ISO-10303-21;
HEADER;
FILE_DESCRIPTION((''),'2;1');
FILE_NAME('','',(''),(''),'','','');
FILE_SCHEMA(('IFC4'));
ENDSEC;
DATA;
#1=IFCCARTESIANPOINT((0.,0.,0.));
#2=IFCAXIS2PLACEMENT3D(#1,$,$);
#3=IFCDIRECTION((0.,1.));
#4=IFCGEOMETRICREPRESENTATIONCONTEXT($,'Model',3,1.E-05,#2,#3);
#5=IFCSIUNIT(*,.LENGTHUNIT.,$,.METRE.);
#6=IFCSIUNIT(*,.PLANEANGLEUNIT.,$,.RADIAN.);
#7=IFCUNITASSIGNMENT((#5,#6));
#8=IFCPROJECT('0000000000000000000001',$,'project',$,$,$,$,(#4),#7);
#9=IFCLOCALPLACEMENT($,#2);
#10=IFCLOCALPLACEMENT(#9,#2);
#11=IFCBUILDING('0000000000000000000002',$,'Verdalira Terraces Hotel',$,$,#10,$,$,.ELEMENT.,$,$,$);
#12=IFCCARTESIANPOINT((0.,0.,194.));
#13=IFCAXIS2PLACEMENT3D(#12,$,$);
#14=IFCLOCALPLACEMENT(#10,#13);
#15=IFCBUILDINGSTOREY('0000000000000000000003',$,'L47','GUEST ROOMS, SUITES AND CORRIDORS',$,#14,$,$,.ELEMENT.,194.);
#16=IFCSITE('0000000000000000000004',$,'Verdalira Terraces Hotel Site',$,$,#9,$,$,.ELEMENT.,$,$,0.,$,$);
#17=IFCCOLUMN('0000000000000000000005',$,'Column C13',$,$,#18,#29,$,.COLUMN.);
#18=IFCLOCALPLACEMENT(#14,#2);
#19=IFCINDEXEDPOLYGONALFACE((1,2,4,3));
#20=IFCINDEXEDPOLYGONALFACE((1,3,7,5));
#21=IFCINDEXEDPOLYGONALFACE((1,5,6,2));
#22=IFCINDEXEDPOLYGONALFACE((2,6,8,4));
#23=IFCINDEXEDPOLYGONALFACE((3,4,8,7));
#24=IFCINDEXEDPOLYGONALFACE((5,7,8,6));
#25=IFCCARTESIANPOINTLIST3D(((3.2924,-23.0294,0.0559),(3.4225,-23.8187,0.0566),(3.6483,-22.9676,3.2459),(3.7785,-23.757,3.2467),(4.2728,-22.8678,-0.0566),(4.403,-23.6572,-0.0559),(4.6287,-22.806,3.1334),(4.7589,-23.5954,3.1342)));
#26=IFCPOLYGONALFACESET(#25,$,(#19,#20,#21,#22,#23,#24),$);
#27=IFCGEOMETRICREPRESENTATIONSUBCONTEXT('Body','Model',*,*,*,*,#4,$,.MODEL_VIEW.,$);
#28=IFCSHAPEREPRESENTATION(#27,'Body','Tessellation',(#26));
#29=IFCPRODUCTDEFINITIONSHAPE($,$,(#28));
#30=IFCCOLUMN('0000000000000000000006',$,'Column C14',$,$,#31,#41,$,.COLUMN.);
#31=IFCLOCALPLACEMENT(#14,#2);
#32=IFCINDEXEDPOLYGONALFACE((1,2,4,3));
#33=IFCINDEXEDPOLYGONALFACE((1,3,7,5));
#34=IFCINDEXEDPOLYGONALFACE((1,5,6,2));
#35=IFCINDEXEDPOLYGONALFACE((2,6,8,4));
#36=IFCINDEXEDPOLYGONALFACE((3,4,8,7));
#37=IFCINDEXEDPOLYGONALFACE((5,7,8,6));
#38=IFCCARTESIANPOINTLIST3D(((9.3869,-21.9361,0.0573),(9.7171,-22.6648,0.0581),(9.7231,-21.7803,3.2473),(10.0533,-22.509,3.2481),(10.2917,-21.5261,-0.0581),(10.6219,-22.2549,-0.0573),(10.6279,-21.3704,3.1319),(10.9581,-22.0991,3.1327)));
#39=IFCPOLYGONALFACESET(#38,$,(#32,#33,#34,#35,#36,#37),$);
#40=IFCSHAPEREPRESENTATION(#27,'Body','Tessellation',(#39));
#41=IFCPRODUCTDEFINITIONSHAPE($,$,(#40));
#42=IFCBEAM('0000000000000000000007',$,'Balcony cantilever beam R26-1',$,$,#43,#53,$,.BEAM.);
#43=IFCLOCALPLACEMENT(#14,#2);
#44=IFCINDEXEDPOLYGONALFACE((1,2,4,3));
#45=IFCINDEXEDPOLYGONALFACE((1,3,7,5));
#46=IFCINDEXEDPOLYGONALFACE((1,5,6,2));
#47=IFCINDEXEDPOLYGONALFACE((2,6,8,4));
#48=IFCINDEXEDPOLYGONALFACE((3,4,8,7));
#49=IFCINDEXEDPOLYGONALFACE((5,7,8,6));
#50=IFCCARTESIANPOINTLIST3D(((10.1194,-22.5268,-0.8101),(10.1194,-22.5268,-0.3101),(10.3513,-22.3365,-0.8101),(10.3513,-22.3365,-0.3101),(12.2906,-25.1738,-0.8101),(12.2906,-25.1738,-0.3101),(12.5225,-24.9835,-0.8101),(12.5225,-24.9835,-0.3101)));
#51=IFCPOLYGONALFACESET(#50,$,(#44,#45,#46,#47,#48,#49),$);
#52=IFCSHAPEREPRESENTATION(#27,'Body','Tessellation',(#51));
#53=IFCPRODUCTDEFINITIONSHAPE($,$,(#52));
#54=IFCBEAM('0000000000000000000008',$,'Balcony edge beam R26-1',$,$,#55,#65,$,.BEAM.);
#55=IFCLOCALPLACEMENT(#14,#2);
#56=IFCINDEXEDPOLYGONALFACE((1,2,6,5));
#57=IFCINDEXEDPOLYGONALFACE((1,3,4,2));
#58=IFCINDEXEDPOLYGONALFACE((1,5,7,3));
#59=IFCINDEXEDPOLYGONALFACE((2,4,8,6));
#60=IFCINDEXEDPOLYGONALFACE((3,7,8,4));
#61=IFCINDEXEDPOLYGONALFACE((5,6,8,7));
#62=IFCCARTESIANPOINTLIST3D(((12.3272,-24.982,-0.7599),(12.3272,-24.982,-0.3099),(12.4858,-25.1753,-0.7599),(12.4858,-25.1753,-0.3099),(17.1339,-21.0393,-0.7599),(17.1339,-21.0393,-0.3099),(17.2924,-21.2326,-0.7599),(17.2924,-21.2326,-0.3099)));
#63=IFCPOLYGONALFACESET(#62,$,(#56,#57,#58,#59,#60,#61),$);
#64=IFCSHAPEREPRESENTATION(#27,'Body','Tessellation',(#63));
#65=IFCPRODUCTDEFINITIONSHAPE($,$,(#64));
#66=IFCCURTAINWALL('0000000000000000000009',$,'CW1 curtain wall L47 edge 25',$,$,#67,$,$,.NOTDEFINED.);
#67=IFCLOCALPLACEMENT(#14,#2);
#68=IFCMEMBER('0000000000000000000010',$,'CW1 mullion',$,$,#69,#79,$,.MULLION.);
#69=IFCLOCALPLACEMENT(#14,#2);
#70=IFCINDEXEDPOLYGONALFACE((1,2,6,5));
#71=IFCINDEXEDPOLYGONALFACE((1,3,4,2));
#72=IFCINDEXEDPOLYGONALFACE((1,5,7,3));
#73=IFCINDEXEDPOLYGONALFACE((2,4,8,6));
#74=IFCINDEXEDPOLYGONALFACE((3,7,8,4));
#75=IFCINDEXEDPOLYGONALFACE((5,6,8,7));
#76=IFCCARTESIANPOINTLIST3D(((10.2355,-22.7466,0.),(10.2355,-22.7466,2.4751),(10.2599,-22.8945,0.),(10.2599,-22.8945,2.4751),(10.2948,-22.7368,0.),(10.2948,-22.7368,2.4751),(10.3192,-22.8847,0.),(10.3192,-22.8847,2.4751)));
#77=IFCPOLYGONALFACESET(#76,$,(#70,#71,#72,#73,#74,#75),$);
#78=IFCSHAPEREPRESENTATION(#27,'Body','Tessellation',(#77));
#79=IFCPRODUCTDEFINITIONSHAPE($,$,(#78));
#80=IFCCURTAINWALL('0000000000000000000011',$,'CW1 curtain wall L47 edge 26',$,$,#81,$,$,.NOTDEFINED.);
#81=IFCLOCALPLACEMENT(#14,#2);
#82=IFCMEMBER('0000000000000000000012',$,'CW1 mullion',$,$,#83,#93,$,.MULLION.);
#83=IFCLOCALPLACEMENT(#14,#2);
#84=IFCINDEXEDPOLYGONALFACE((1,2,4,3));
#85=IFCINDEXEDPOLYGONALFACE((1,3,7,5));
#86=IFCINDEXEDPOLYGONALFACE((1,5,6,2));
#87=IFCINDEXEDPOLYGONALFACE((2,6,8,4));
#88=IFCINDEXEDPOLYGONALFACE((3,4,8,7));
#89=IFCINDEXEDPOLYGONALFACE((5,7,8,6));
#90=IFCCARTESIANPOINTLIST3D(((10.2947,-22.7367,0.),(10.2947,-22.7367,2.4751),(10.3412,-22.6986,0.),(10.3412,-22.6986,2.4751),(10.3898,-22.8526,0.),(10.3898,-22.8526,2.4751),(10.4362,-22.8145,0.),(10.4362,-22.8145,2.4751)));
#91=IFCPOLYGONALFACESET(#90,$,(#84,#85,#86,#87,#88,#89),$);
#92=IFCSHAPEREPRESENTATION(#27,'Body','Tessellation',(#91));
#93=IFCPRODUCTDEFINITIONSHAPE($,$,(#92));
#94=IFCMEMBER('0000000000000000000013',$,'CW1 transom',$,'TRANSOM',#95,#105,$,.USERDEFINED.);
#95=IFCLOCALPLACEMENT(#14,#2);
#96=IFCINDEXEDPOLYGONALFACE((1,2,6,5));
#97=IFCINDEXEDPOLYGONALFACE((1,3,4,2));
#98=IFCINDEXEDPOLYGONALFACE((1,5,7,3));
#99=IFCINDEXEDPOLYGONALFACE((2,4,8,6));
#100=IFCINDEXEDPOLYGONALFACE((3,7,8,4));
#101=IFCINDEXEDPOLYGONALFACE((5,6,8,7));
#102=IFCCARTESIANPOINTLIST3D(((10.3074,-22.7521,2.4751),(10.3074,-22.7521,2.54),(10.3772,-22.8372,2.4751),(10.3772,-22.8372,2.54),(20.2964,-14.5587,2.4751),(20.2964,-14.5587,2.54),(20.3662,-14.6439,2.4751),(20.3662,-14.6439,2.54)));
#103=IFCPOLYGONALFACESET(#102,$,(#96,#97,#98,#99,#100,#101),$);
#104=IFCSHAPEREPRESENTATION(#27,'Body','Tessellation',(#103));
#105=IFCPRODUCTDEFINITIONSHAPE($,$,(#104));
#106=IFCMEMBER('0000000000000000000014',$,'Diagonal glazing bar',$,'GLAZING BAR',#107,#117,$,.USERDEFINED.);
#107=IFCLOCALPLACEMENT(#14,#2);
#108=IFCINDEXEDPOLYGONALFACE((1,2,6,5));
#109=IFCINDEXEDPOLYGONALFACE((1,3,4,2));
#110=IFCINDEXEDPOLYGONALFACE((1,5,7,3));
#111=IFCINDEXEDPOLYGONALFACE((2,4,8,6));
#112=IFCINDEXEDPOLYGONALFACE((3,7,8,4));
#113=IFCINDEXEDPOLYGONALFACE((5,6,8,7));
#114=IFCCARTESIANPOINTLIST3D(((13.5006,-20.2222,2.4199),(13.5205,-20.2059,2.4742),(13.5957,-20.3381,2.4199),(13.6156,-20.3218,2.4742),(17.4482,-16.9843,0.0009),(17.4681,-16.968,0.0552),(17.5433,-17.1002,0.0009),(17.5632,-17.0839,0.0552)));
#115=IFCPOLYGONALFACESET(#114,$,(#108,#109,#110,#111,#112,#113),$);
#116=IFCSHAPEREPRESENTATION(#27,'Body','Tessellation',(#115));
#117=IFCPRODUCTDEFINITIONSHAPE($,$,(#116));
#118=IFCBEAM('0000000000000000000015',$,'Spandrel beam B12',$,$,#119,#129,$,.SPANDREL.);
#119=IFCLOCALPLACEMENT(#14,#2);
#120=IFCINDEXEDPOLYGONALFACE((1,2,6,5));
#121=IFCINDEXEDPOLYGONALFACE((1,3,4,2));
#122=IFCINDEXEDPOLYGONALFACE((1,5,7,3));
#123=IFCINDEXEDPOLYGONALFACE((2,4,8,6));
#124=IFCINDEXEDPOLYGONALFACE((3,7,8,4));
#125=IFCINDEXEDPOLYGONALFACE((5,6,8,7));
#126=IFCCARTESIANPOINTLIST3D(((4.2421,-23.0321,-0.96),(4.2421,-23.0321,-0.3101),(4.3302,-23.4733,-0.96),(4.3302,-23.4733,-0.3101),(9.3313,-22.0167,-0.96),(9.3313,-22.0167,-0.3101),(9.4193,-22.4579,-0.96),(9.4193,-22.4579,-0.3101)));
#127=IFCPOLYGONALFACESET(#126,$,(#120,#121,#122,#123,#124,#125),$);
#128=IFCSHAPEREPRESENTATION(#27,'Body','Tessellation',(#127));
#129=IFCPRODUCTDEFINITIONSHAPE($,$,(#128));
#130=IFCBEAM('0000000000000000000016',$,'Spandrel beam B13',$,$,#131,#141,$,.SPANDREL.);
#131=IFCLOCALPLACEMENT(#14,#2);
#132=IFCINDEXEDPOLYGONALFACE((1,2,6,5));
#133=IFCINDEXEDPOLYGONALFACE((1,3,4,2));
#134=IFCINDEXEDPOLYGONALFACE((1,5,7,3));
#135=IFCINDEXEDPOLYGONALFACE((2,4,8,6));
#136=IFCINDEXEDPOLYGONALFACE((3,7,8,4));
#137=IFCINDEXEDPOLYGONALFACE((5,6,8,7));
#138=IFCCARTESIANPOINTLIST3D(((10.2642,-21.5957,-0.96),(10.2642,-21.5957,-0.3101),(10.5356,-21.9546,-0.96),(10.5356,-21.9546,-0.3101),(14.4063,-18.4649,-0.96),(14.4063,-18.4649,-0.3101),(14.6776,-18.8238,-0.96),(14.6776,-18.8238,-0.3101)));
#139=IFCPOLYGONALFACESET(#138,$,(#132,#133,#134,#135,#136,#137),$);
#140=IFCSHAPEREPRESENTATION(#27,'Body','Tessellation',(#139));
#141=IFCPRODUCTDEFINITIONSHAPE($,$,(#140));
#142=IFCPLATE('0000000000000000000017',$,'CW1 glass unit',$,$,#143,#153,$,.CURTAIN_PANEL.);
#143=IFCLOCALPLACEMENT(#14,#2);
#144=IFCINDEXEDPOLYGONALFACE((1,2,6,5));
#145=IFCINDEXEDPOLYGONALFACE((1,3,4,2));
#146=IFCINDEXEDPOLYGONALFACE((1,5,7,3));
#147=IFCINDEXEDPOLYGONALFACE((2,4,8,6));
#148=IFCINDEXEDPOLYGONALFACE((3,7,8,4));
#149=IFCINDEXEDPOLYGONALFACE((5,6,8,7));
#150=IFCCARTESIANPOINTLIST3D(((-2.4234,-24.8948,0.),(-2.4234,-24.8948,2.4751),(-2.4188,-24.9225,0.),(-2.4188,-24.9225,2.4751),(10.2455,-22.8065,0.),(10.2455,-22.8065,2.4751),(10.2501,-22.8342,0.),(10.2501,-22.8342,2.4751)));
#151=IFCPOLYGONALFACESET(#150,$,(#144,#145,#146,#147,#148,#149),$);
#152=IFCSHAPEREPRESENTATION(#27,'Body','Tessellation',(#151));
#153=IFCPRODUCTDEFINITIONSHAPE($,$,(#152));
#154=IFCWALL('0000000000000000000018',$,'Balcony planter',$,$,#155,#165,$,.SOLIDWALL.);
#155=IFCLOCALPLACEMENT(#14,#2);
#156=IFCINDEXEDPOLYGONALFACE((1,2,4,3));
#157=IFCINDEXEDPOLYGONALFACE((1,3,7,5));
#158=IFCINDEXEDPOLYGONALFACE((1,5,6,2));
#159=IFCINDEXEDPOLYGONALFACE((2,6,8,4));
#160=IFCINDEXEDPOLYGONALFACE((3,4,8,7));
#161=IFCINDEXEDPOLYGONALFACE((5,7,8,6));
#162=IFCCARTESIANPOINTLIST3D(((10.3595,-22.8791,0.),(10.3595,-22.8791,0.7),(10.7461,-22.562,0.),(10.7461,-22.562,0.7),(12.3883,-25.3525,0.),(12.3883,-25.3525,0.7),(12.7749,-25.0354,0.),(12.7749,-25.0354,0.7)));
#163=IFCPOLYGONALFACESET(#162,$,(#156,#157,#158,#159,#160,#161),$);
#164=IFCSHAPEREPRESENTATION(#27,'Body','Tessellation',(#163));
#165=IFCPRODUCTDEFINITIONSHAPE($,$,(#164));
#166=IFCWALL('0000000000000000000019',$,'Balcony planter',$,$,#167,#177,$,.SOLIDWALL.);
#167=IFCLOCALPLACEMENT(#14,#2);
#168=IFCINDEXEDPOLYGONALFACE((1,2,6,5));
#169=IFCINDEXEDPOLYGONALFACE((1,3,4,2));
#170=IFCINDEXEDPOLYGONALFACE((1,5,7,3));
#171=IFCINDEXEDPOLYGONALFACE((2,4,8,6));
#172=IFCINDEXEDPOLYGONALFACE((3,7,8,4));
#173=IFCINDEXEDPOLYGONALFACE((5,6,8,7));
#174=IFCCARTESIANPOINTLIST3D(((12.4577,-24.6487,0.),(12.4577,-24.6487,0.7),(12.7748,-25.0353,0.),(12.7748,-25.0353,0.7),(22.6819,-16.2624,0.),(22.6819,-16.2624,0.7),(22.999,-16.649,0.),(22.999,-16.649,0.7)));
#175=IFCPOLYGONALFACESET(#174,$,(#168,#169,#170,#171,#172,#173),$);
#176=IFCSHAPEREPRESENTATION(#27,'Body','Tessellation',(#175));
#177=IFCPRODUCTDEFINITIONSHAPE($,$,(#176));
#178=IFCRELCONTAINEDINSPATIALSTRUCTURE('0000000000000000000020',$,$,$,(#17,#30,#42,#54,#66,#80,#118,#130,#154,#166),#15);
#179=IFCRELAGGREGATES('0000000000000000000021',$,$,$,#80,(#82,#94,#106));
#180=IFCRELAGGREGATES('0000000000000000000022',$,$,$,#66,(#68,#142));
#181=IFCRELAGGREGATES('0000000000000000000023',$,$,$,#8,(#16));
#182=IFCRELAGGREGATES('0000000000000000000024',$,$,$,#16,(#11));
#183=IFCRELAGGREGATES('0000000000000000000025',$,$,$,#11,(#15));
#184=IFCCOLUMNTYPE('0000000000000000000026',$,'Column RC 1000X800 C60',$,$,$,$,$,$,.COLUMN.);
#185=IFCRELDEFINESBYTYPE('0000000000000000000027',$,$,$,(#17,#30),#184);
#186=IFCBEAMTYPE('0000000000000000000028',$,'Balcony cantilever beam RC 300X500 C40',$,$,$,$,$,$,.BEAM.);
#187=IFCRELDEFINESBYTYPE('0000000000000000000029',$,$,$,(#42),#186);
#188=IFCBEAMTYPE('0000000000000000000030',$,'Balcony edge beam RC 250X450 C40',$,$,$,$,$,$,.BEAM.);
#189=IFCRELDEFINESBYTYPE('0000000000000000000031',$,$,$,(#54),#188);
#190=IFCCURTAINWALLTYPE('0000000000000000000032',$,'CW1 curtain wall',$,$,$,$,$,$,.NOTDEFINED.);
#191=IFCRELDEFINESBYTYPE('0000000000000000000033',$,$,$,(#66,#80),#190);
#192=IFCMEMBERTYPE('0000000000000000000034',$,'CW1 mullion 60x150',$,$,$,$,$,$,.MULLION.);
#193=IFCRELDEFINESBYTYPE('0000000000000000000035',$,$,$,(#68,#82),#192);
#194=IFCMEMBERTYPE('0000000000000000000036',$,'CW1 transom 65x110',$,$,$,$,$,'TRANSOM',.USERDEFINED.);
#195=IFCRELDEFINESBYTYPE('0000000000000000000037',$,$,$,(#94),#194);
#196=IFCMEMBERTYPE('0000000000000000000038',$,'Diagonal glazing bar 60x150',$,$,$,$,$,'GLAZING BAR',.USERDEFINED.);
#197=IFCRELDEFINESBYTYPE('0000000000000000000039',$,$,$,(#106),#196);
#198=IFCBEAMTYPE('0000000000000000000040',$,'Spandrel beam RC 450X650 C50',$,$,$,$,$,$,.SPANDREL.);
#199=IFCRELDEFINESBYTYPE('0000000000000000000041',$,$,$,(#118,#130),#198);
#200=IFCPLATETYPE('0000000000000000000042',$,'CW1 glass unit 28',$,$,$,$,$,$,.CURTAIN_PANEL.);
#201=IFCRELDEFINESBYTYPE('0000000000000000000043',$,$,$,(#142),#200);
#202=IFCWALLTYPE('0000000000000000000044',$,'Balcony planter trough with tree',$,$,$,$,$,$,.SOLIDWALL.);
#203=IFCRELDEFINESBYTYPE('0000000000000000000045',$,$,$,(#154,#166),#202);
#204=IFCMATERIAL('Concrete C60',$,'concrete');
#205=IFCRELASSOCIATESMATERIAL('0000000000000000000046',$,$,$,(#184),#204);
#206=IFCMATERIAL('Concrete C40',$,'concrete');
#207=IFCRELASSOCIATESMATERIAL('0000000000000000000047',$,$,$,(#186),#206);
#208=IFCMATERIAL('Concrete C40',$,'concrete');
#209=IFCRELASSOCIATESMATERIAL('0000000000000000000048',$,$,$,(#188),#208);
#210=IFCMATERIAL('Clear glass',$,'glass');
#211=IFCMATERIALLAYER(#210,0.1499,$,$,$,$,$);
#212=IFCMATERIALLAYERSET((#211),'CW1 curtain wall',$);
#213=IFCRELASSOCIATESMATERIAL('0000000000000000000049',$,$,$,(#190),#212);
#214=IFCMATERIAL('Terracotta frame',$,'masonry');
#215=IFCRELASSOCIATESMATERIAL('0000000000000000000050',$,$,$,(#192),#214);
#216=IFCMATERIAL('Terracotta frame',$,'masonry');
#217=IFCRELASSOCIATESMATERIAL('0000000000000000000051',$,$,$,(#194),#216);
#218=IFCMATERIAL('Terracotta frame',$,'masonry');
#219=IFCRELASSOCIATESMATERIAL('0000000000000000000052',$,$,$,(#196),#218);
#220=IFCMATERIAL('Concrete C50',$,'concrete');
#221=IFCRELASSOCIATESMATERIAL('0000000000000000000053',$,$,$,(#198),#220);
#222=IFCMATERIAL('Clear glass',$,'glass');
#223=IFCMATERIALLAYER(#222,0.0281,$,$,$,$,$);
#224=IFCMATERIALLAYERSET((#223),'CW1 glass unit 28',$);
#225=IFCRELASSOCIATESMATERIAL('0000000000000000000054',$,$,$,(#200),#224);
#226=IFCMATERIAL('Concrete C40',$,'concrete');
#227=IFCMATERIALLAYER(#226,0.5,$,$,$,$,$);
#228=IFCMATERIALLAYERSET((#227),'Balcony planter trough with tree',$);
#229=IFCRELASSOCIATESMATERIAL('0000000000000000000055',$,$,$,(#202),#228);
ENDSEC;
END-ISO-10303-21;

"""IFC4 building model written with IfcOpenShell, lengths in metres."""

from ifc_helpers import new_model, si_unit, direction, frame, frame_2d, origin, origin_2d, place, context, subcontext, project, spatial, rectangle, extrude, material, layer, layer_set, material_profile, profile_set, type_object, element, aggregate, save


model = new_model("IFC4")

# Units and contexts
model_context = context("Model", 3, precision=1e-05, world=origin(), true_north=direction((0.0, 1.0)))
body_context = subcontext(model_context, "Body", "Model", "MODEL_VIEW")
ifc_project = project(units=[si_unit("LENGTHUNIT", "METRE"), si_unit("PLANEANGLEUNIT", "RADIAN")], contexts=[model_context])

# Site, building, storey
site_placement = place(None, origin())
site = spatial("IfcSite", under=ifc_project, at=site_placement, Name="Verdalira Terraces Hotel Site", CompositionType="ELEMENT", RefElevation=0.0)
building_placement = place(site_placement, origin())
building = spatial("IfcBuilding", under=site, at=building_placement, Name="Verdalira Terraces Hotel", CompositionType="ELEMENT")
storey_placement = place(building_placement, frame((0.0, 0.0, 194.0)))
storey = spatial("IfcBuildingStorey", under=building, at=storey_placement, Name="L47", Description="GUEST ROOMS, SUITES AND CORRIDORS", CompositionType="ELEMENT", Elevation=194.0)

# Columns
ifc_material_1 = material(Name="Concrete C60", Category="concrete")
ifc_material_profile_1 = material_profile(ifc_material_1, rectangle(XDim=1.0, YDim=0.8, at=origin_2d()), Name="RC 1000X800")
ifc_profile_set_1 = profile_set([ifc_material_profile_1], Name="Concrete C60")
column_type = type_object("IfcColumnType", Name="Column RC 1000X800 C60", PredefinedType="COLUMN", material=ifc_profile_set_1)
column_1_placement = place(storey_placement, frame((3.8477, -23.3433, 0.0), z_axis=(0.110878, 0.01924, 0.993648), x_axis=(0.980424, 0.161571, -0.112531)))
element("IfcColumn", 1, at=column_1_placement, inside=storey, type_object=column_type, Name="Column C13", PredefinedType="COLUMN", context=body_context, shape_type="SweptSolid", body=[
    extrude(rectangle(XDim=1.0, YDim=0.8, at=origin_2d()), origin(), (0.0, 0.0, 1.0), 3.2104),
])
column_2_placement = place(storey_placement, frame((10.0044, -22.0955, 0.0), z_axis=(0.104684, 0.048503, 0.993322), x_axis=(-0.904795, -0.409921, 0.115371)))
element("IfcColumn", 2, at=column_2_placement, inside=storey, type_object=column_type, Name="Column C14", PredefinedType="COLUMN", context=body_context, shape_type="SweptSolid", body=[
    extrude(rectangle(XDim=1.0, YDim=0.8, at=origin_2d()), origin(), (0.0, 0.0, 1.0), 3.2114),
])

# Beams
ifc_material_2 = material(Name="Concrete C40", Category="concrete")
ifc_material_profile_2 = material_profile(ifc_material_2, rectangle(XDim=0.3, YDim=0.5, at=origin_2d()), Name="RC 300X500")
ifc_profile_set_2 = profile_set([ifc_material_profile_2], Name="Concrete C40")
beam_type_1 = type_object("IfcBeamType", Name="Balcony cantilever beam RC 300X500 C40", PredefinedType="BEAM", material=ifc_profile_set_2)
beam_1_placement = place(storey_placement, frame((10.2354, -22.4316, -0.5601), z_axis=(0.634189, -0.773178, 0.0), x_axis=(0.773178, 0.634189, 0.0)))
element("IfcBeam", 3, at=beam_1_placement, inside=storey, type_object=beam_type_1, Name="Balcony cantilever beam R26-1", PredefinedType="BEAM", context=body_context, shape_type="SweptSolid", body=[
    extrude(rectangle(XDim=0.3, YDim=0.5, at=origin_2d()), origin(), (0.0, 0.0, 1.0), 3.4236),
])
ifc_material_3 = material(Name="Concrete C40", Category="concrete")
ifc_material_profile_3 = material_profile(ifc_material_3, rectangle(XDim=0.25, YDim=0.45, at=origin_2d()), Name="RC 250X450")
ifc_profile_set_3 = profile_set([ifc_material_profile_3], Name="Concrete C40")
beam_type_2 = type_object("IfcBeamType", Name="Balcony edge beam RC 250X450 C40", PredefinedType="BEAM", material=ifc_profile_set_3)
beam_2_placement = place(storey_placement, frame((12.4065, -25.0786, -0.5349), z_axis=(0.773175, 0.634193, 0.0), x_axis=(-0.634193, 0.773175, 0.0)))
element("IfcBeam", 4, at=beam_2_placement, inside=storey, type_object=beam_type_2, Name="Balcony edge beam R26-1", PredefinedType="BEAM", context=body_context, shape_type="SweptSolid", body=[
    extrude(rectangle(XDim=0.25, YDim=0.45, at=origin_2d()), origin(), (0.0, 0.0, 1.0), 6.2168),
])

# Curtain wall, member
ifc_material_4 = material(Name="Clear glass", Category="glass")
ifc_layer_1 = layer(ifc_material_4, 0.1499)
ifc_layer_set_1 = layer_set([ifc_layer_1], Name="CW1 curtain wall")
curtain_wall_type = type_object("IfcCurtainWallType", Name="CW1 curtain wall", PredefinedType="NOTDEFINED", material=ifc_layer_set_1)
curtain_wall_1_placement = place(storey_placement, origin())
curtain_wall_1 = element("IfcCurtainWall", 5, at=curtain_wall_1_placement, inside=storey, type_object=curtain_wall_type, Name="CW1 curtain wall L47 edge 25", PredefinedType="NOTDEFINED")
ifc_material_5 = material(Name="Terracotta frame", Category="masonry")
ifc_material_profile_4 = material_profile(ifc_material_5, rectangle(XDim=0.0601, YDim=0.1499, at=origin_2d()), Name="MU 60x150")
ifc_profile_set_4 = profile_set([ifc_material_profile_4], Name="Terracotta frame")
member_type_1 = type_object("IfcMemberType", Name="CW1 mullion 60x150", PredefinedType="MULLION", material=ifc_profile_set_4)
member_1_placement = place(storey_placement, frame((10.2773, -22.8157, 0.0), z_axis=(0.0, 0.0, 1.0), x_axis=(0.986686, 0.162637, 0.0)))
member_1 = element("IfcMember", 6, at=member_1_placement, type_object=member_type_1, Name="CW1 mullion", PredefinedType="MULLION", context=body_context, shape_type="SweptSolid", body=[
    extrude(rectangle(XDim=0.0601, YDim=0.1499, at=origin_2d()), origin(), (0.0, 0.0, 1.0), 2.4751),
])

# Curtain wall, members
curtain_wall_2_placement = place(storey_placement, origin())
curtain_wall_2 = element("IfcCurtainWall", 7, at=curtain_wall_2_placement, inside=storey, type_object=curtain_wall_type, Name="CW1 curtain wall L47 edge 26", PredefinedType="NOTDEFINED")
member_2_placement = place(storey_placement, frame((10.3655, -22.7756, 0.0), z_axis=(0.0, 0.0, 1.0), x_axis=(0.773177, 0.634191, 0.0)))
member_2 = element("IfcMember", 8, at=member_2_placement, type_object=member_type_1, Name="CW1 mullion", PredefinedType="MULLION", context=body_context, shape_type="SweptSolid", body=[
    extrude(rectangle(XDim=0.0601, YDim=0.1499, at=origin_2d()), origin(), (0.0, 0.0, 1.0), 2.4751),
])
ifc_material_6 = material(Name="Terracotta frame", Category="masonry")
ifc_material_profile_5 = material_profile(ifc_material_6, rectangle(XDim=0.1101, YDim=0.0649, at=origin_2d()), Name="TR 65x110")
ifc_profile_set_5 = profile_set([ifc_material_profile_5], Name="Terracotta frame")
member_type_2 = type_object("IfcMemberType", Name="CW1 transom 65x110", ElementType="TRANSOM", PredefinedType="USERDEFINED", material=ifc_profile_set_5)
member_3_placement = place(storey_placement, frame((10.3423, -22.7947, 2.5076), z_axis=(0.773178, 0.634189, 0.0), x_axis=(-0.634189, 0.773178, 0.0)))
member_3 = element("IfcMember", 9, at=member_3_placement, type_object=member_type_2, Name="CW1 transom", ObjectType="TRANSOM", PredefinedType="USERDEFINED", context=body_context, shape_type="SweptSolid", body=[
    extrude(rectangle(XDim=0.1101, YDim=0.0649, at=origin_2d()), origin(), (0.0, 0.0, 1.0), 12.9194),
])
ifc_material_7 = material(Name="Terracotta frame", Category="masonry")
ifc_material_profile_6 = material_profile(ifc_material_7, rectangle(XDim=0.1499, YDim=0.0601, at=origin_2d()), Name="GB 60x150")
ifc_profile_set_6 = profile_set([ifc_material_profile_6], Name="Terracotta frame")
member_type_3 = type_object("IfcMemberType", Name="Diagonal glazing bar 60x150", ElementType="GLAZING BAR", PredefinedType="USERDEFINED", material=ifc_profile_set_6)
member_4_placement = place(storey_placement, frame((13.5581, -20.272, 2.447), z_axis=(0.69873, 0.573106, -0.428166), x_axis=(-0.634177, 0.773188, 0.0)))
member_4 = element("IfcMember", 10, at=member_4_placement, type_object=member_type_3, Name="Diagonal glazing bar", ObjectType="GLAZING BAR", PredefinedType="USERDEFINED", context=body_context, shape_type="SweptSolid", body=[
    extrude(rectangle(XDim=0.1499, YDim=0.0601, at=origin_2d()), origin(), (0.0, 0.0, 1.0), 5.6497),
])
aggregate(curtain_wall_2, [member_2, member_3, member_4])

# Beams
ifc_material_8 = material(Name="Concrete C50", Category="concrete")
ifc_material_profile_7 = material_profile(ifc_material_8, rectangle(XDim=0.45, YDim=0.6499, at=origin_2d()), Name="RC 450X650")
ifc_profile_set_7 = profile_set([ifc_material_profile_7], Name="Concrete C50")
beam_type_3 = type_object("IfcBeamType", Name="Spandrel beam RC 450X650 C50", PredefinedType="SPANDREL", material=ifc_profile_set_7)
beam_3_placement = place(storey_placement, frame((4.2861, -23.2527, -0.635), z_axis=(0.980671, 0.195664, 0.0), x_axis=(-0.195664, 0.980671, 0.0)))
element("IfcBeam", 11, at=beam_3_placement, inside=storey, type_object=beam_type_3, Name="Spandrel beam B12", PredefinedType="SPANDREL", context=body_context, shape_type="SweptSolid", body=[
    extrude(rectangle(XDim=0.45, YDim=0.6499, at=origin_2d()), origin(), (0.0, 0.0, 1.0), 5.1895),
])
beam_4_placement = place(storey_placement, frame((10.3999, -21.7751, -0.635), z_axis=(0.797749, 0.60299, 0.0), x_axis=(-0.60299, 0.797749, 0.0)))
element("IfcBeam", 12, at=beam_4_placement, inside=storey, type_object=beam_type_3, Name="Spandrel beam B13", PredefinedType="SPANDREL", context=body_context, shape_type="SweptSolid", body=[
    extrude(rectangle(XDim=0.45, YDim=0.6499, at=origin_2d()), origin(), (0.0, 0.0, 1.0), 5.1921),
])

# Plate
ifc_material_9 = material(Name="Clear glass", Category="glass")
ifc_layer_2 = layer(ifc_material_9, 0.0281)
ifc_layer_set_2 = layer_set([ifc_layer_2], Name="CW1 glass unit 28")
plate_type = type_object("IfcPlateType", Name="CW1 glass unit 28", PredefinedType="CURTAIN_PANEL", material=ifc_layer_set_2)
plate_placement = place(storey_placement, frame((3.9133, -23.8645, 0.0), z_axis=(0.0, 0.0, 1.0), x_axis=(0.986686, 0.162637, 0.0)))
plate = element("IfcPlate", 13, at=plate_placement, type_object=plate_type, Name="CW1 glass unit", PredefinedType="CURTAIN_PANEL", context=body_context, shape_type="SweptSolid", body=[
    extrude(rectangle(XDim=12.8398, YDim=0.0281, at=origin_2d()), origin(), (0.0, 0.0, 1.0), 2.4751),
])
aggregate(curtain_wall_1, [member_1, plate])

# Walls
ifc_material_10 = material(Name="Concrete C40", Category="concrete")
ifc_layer_3 = layer(ifc_material_10, 0.5)
ifc_layer_set_3 = layer_set([ifc_layer_3], Name="Balcony planter trough with tree")
wall_type_1 = type_object("IfcWallType", Name="Balcony planter trough with tree", PredefinedType="SOLIDWALL", material=ifc_layer_set_3)
wall_1_placement = place(storey_placement, frame((10.5527, -22.7205, 0.0), z_axis=(0.0, 0.0, 1.0), x_axis=(0.634197, -0.773171, 0.0)))
element("IfcWall", 14, at=wall_1_placement, inside=storey, type_object=wall_type_1, Name="Balcony planter", PredefinedType="SOLIDWALL", context=body_context, shape_type="SweptSolid", body=[
    extrude(rectangle(XDim=3.199, YDim=0.5, at=frame_2d((1.5996, 0.0))), origin(), (0.0, 0.0, 1.0), 0.7),
])
wall_2_placement = place(storey_placement, frame((12.6162, -24.842, 0.0), z_axis=(0.0, 0.0, 1.0), x_axis=(0.773177, 0.63419, 0.0)))
element("IfcWall", 15, at=wall_2_placement, inside=storey, type_object=wall_type_1, Name="Balcony planter", PredefinedType="SOLIDWALL", context=body_context, shape_type="SweptSolid", body=[
    extrude(rectangle(XDim=13.2236, YDim=0.5, at=frame_2d((6.6118, 0.0))), origin(), (0.0, 0.0, 1.0), 0.7),
])

save(model, "model.ifc")
